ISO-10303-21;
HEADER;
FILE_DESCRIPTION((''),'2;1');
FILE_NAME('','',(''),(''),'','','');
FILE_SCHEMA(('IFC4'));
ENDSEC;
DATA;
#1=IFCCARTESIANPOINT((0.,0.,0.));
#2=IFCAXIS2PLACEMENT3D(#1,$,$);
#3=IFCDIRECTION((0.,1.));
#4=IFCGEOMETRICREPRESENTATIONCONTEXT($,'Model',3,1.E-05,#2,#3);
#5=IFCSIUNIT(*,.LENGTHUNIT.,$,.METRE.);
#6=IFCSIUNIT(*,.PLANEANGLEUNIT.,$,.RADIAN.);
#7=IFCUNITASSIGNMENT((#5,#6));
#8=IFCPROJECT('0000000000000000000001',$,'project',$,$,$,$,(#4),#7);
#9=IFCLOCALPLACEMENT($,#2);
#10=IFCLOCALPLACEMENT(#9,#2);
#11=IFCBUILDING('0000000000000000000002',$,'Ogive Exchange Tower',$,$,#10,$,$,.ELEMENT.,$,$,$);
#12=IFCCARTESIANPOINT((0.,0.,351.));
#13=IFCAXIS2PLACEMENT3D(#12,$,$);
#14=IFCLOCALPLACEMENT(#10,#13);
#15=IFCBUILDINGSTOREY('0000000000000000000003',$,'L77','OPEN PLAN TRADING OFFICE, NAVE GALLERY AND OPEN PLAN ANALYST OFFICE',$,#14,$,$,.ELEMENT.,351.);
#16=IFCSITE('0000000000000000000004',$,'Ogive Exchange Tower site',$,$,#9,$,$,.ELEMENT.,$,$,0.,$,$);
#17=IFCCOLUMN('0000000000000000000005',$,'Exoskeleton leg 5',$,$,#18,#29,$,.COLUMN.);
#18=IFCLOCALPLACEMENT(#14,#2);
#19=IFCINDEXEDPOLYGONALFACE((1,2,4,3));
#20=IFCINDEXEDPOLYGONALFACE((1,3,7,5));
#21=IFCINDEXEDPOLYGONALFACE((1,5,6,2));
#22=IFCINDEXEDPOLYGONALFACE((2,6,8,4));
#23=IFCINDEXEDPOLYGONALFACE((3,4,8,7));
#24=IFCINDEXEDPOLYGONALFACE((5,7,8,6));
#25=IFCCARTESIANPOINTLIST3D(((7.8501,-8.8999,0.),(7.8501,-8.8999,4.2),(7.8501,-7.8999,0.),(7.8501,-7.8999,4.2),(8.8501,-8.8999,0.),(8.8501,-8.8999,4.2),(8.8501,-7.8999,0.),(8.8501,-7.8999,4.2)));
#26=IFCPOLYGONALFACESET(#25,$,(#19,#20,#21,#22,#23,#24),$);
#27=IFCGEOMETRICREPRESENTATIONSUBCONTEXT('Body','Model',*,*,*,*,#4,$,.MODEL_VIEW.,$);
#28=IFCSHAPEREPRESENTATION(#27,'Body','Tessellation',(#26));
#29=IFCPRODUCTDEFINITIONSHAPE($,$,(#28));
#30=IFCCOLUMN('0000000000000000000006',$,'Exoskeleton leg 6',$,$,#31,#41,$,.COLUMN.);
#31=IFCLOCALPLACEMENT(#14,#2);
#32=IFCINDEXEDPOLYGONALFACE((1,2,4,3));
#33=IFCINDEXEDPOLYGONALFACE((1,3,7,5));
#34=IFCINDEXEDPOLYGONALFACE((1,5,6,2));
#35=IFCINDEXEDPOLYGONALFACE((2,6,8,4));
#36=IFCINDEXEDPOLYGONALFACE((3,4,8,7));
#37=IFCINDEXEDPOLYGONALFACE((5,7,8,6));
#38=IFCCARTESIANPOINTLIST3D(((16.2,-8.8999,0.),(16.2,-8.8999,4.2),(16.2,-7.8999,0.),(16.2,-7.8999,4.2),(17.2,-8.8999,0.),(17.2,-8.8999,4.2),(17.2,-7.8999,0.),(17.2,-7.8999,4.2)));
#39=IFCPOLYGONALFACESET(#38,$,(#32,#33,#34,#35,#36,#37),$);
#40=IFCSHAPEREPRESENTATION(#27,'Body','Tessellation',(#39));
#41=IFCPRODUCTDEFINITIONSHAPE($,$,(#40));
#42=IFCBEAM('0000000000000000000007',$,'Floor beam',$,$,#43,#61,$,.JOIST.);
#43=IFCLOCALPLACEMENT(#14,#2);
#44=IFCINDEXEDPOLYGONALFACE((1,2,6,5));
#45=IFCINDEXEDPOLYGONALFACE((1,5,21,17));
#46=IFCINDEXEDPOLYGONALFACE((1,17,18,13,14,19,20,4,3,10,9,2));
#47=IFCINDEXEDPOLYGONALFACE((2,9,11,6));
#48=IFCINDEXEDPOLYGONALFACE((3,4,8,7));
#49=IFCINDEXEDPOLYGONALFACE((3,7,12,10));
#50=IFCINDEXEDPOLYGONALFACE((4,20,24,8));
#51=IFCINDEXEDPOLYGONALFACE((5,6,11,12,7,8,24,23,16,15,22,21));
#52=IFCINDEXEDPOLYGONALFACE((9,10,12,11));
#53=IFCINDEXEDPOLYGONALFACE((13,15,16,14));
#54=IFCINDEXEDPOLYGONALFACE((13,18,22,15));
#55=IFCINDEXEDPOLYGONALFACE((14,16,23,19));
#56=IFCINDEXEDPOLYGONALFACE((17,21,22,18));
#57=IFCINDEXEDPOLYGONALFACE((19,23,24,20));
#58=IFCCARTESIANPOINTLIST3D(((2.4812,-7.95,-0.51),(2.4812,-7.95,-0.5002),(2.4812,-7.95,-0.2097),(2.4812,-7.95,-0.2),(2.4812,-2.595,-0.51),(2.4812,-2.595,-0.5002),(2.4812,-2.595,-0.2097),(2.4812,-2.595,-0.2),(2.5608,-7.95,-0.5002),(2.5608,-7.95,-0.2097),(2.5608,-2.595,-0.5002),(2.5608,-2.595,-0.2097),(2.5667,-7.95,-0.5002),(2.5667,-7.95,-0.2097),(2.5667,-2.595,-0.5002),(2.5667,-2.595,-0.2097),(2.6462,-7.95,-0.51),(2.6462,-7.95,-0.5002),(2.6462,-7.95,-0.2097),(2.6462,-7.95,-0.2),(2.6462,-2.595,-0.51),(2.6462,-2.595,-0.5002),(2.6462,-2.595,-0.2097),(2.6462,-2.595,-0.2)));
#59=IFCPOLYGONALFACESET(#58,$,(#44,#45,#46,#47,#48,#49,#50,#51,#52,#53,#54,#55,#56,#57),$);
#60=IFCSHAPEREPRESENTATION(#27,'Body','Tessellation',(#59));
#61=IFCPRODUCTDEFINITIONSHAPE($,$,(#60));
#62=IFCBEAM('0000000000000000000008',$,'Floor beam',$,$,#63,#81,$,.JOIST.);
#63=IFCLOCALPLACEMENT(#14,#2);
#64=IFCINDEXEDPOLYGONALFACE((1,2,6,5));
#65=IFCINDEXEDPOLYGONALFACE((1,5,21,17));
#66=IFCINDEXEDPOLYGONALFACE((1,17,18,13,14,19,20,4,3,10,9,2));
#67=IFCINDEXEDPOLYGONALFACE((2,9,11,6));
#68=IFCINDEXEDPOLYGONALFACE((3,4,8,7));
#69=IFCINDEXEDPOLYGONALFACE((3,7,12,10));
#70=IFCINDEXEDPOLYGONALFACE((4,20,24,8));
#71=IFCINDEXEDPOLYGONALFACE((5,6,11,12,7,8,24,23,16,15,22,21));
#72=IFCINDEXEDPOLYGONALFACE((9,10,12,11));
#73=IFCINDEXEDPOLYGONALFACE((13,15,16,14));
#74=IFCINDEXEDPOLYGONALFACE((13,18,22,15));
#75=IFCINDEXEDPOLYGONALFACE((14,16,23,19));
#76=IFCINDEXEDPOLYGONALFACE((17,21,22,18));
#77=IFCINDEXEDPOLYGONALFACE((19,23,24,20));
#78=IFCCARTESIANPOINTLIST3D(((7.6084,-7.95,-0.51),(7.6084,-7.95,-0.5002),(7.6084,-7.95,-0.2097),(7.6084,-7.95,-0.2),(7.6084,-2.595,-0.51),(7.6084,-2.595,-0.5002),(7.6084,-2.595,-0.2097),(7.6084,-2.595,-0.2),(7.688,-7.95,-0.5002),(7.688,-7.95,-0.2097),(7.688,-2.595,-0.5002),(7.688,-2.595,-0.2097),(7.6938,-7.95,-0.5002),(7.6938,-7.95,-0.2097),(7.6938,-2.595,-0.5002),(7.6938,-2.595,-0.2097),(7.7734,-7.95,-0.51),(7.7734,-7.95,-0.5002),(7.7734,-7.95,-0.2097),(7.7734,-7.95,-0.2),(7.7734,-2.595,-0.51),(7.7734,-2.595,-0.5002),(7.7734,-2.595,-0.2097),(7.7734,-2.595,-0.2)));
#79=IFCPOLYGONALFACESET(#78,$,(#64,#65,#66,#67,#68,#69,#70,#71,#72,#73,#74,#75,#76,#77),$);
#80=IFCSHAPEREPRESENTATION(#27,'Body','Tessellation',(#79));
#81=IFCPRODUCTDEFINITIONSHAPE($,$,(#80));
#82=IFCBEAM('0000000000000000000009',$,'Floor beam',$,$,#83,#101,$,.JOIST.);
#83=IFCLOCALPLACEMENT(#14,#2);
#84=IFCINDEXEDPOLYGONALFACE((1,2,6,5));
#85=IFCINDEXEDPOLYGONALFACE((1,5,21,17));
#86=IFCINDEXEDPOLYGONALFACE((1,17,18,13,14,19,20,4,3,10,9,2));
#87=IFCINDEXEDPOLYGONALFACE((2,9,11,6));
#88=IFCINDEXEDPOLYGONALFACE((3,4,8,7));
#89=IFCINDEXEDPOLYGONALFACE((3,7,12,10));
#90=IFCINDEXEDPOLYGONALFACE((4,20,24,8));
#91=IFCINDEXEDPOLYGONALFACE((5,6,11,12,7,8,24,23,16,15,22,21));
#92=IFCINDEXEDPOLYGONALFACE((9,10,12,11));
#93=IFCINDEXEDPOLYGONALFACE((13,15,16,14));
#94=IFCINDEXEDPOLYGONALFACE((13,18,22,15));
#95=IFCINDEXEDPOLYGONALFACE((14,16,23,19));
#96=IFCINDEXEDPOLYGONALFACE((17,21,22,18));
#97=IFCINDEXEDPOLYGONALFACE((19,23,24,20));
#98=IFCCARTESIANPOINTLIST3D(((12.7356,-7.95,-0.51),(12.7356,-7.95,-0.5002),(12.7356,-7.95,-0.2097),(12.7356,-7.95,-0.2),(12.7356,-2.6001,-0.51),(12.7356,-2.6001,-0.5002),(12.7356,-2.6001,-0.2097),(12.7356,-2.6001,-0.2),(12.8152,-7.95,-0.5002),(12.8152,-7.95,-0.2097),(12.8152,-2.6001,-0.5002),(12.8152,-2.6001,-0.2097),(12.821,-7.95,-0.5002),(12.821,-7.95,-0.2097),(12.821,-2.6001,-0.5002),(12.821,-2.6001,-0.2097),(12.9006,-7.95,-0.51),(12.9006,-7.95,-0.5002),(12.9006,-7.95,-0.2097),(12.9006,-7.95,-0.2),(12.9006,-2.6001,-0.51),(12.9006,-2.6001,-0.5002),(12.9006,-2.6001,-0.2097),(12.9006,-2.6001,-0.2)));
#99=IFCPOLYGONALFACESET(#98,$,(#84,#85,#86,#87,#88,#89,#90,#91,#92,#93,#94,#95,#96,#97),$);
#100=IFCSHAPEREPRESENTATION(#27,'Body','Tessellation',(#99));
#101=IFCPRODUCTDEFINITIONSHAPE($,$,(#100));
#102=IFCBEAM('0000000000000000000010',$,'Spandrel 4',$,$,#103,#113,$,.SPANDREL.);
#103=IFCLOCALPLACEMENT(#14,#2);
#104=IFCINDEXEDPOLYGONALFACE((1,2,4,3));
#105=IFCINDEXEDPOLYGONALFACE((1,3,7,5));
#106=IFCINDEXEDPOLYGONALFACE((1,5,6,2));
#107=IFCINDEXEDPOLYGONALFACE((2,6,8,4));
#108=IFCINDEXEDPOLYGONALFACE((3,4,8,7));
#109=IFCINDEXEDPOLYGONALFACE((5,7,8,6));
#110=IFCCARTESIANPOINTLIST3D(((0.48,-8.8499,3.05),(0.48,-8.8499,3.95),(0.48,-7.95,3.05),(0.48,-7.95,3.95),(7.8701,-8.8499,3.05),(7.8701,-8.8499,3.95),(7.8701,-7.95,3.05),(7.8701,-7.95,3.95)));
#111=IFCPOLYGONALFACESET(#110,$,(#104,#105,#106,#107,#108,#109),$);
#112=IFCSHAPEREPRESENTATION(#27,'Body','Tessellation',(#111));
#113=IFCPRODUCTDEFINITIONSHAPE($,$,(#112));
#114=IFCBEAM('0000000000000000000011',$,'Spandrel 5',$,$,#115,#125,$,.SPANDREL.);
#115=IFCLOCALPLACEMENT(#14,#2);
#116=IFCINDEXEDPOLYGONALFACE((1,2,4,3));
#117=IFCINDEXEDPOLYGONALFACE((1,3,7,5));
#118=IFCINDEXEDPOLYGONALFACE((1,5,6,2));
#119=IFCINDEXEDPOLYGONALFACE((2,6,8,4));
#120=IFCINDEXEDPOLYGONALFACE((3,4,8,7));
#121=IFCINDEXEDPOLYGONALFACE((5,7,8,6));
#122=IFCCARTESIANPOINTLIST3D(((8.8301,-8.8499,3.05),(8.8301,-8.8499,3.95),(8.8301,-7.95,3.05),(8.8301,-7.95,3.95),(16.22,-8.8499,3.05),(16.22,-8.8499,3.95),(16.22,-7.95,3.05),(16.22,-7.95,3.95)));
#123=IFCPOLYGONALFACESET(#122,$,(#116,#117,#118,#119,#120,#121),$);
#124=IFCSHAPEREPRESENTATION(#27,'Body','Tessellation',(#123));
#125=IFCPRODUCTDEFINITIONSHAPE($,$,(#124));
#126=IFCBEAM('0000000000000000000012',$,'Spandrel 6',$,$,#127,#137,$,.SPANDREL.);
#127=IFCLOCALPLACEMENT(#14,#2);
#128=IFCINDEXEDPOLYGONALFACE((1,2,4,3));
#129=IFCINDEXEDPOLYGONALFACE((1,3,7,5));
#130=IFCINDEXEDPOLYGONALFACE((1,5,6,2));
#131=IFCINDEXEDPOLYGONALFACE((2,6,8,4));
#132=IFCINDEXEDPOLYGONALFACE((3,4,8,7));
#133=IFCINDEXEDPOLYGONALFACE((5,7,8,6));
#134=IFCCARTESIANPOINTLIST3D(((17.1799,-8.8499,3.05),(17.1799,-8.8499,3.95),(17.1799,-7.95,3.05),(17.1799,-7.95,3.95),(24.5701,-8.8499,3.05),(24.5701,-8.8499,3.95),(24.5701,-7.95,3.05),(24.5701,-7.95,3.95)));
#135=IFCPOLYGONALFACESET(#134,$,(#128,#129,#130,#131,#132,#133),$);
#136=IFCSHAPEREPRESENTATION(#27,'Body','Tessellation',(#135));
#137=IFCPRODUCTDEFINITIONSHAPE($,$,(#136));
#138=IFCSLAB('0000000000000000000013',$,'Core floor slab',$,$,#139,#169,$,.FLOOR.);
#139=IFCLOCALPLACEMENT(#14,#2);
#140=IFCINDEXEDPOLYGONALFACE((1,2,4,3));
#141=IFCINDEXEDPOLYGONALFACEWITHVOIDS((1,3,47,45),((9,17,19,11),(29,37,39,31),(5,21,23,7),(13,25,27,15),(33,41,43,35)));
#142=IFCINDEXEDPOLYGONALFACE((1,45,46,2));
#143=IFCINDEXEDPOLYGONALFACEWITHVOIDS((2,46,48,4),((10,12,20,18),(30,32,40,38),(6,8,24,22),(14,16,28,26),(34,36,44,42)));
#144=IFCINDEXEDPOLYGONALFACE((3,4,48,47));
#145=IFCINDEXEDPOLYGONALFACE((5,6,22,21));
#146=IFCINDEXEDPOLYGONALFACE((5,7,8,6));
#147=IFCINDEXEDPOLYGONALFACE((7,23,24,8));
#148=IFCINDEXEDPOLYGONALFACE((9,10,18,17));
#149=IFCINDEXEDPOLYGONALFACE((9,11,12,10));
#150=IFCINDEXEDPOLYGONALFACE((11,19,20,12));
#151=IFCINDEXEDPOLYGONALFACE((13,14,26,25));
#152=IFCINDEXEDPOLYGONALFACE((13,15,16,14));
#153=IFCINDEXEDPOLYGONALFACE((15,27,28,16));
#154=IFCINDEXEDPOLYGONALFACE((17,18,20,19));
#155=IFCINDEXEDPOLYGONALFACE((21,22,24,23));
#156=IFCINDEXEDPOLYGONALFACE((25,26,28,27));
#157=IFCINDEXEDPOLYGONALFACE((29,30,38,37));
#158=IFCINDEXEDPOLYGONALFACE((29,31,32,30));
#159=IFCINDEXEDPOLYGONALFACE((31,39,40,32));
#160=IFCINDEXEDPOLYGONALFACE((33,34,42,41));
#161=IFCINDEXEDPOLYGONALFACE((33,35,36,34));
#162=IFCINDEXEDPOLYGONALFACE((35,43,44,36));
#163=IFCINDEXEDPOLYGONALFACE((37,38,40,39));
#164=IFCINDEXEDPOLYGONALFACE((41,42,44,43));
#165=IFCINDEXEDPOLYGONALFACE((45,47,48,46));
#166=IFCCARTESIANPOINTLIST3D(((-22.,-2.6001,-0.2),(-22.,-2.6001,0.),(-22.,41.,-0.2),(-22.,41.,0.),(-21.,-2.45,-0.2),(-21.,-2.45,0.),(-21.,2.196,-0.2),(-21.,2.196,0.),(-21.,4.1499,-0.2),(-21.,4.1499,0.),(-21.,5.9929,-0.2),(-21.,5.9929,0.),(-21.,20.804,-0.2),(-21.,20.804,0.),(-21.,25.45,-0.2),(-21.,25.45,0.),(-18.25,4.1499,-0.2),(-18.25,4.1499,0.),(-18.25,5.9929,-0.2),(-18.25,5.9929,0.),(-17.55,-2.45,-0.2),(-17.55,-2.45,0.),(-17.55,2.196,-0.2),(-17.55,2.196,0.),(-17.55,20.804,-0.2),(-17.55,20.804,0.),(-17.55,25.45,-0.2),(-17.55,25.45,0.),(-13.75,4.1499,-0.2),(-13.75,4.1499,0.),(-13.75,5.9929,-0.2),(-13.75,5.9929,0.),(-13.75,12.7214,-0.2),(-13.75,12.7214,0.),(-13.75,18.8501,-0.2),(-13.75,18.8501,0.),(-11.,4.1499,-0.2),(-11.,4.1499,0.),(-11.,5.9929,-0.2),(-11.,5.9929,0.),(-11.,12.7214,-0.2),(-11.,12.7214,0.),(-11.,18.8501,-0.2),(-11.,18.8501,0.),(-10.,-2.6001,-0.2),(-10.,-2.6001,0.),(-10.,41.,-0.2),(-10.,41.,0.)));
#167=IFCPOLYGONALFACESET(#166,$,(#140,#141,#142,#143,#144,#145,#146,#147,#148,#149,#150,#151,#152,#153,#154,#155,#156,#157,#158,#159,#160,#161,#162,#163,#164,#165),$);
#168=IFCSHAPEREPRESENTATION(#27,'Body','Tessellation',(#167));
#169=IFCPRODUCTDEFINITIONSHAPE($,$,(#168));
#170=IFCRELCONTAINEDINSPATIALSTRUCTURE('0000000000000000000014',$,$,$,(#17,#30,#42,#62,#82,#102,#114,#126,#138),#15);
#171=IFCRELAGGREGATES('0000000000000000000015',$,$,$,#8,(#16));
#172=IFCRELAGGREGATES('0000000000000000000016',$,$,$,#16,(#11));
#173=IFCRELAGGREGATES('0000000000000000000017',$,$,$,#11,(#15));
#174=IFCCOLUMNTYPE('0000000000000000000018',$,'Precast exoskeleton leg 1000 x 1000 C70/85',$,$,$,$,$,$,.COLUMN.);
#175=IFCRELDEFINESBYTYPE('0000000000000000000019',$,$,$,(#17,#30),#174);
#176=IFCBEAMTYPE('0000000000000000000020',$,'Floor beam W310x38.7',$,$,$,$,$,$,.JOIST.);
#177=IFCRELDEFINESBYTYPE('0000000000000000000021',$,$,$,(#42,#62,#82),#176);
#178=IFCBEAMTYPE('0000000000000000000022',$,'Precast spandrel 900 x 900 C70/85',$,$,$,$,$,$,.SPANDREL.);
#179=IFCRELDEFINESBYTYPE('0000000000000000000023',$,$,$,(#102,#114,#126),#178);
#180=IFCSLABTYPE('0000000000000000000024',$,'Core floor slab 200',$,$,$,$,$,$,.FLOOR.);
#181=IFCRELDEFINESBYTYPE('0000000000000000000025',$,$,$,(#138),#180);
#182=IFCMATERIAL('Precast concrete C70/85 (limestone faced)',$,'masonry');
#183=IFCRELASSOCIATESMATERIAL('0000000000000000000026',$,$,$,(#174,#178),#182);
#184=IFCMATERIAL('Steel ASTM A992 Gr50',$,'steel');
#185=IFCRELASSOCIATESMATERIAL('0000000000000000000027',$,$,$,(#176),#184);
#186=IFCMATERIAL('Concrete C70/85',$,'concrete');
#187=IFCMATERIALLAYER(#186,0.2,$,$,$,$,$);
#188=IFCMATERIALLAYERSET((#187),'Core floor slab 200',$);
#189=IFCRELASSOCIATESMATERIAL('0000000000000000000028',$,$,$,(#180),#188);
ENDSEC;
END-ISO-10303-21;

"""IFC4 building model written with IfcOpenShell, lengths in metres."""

from ifc_helpers import new_model, si_unit, direction, frame, origin, origin_2d, place, context, subcontext, project, spatial, polyline, rectangle, i_section, outline, extrude, material, layer, layer_set, material_profile, profile_set, type_object, element, save


model = new_model("IFC4")

# Units and contexts
model_context = context("Model", 3, precision=1e-05, world=origin(), true_north=direction((0.0, 1.0)))
body_context = subcontext(model_context, "Body", "Model", "MODEL_VIEW")
ifc_project = project(units=[si_unit("LENGTHUNIT", "METRE"), si_unit("PLANEANGLEUNIT", "RADIAN")], contexts=[model_context])

# Site, building, storey
site_placement = place(None, origin())
site = spatial("IfcSite", under=ifc_project, at=site_placement, Name="Ogive Exchange Tower site", CompositionType="ELEMENT", RefElevation=0.0)
building_placement = place(site_placement, origin())
building = spatial("IfcBuilding", under=site, at=building_placement, Name="Ogive Exchange Tower", CompositionType="ELEMENT")
storey_placement = place(building_placement, frame((0.0, 0.0, 351.0)))
storey = spatial("IfcBuildingStorey", under=building, at=storey_placement, Name="L77", Description="OPEN PLAN TRADING OFFICE, NAVE GALLERY AND OPEN PLAN ANALYST OFFICE", CompositionType="ELEMENT", Elevation=351.0)

# Columns
ifc_material_1 = material(Name="Precast concrete C70/85 (limestone faced)", Category="masonry")
ifc_material_profile_1 = material_profile(ifc_material_1, rectangle(XDim=1.0, YDim=1.0, at=origin_2d()), Name="1000 x 1000")
ifc_profile_set_1 = profile_set([ifc_material_profile_1], Name="Precast concrete C70/85 (limestone faced)")
column_type = type_object("IfcColumnType", Name="Precast exoskeleton leg 1000 x 1000 C70/85", PredefinedType="COLUMN", material=ifc_profile_set_1)
for number, where, z_axis, x_axis, name in (
    (1, (8.3501, -8.3999, 0.0), (0.0, 0.0, 1.0), (1.0, 0.0, 0.0), "Exoskeleton leg 5"),
    (2, (16.7, -8.3999, 0.0), (0.0, 0.0, 1.0), (1.0, 0.0, 0.0), "Exoskeleton leg 6"),
):
    element("IfcColumn", number, at=place(storey_placement, frame(where, z_axis=z_axis, x_axis=x_axis)), inside=storey, type_object=column_type, Name=name, PredefinedType="COLUMN", context=body_context, shape_type="SweptSolid", body=[
        extrude(rectangle(XDim=1.0, YDim=1.0, at=origin_2d()), origin(), (0.0, 0.0, 1.0), 4.2),
    ])

# Beams
ifc_material_2 = material(Name="Steel ASTM A992 Gr50", Category="steel")
ifc_material_profile_2 = material_profile(ifc_material_2, i_section(OverallWidth=0.165, OverallDepth=0.3101, WebThickness=0.0059, FlangeThickness=0.0098, at=origin_2d()), Name="W310x38.7")
ifc_profile_set_2 = profile_set([ifc_material_profile_2], Name="Steel ASTM A992 Gr50")
beam_type_1 = type_object("IfcBeamType", Name="Floor beam W310x38.7", PredefinedType="JOIST", material=ifc_profile_set_2)
for number, where, z_axis, x_axis, name in (
    (3, (2.5637, -7.95, -0.355), (0.0, 1.0, 0.0), (-1.0, 0.0, 0.0), "Floor beam"),
    (4, (7.6909, -7.95, -0.355), (0.0, 1.0, 0.0), (-1.0, 0.0, 0.0), "Floor beam"),
):
    element("IfcBeam", number, at=place(storey_placement, frame(where, z_axis=z_axis, x_axis=x_axis)), inside=storey, type_object=beam_type_1, Name=name, PredefinedType="JOIST", context=body_context, shape_type="SweptSolid", body=[
        extrude(i_section(OverallWidth=0.165, OverallDepth=0.3101, WebThickness=0.0059, FlangeThickness=0.0098, at=origin_2d()), origin(), (0.0, 0.0, 1.0), 5.355),
    ])
beam_1_placement = place(storey_placement, frame((12.8181, -7.95, -0.355), z_axis=(0.0, 1.0, 0.0), x_axis=(-1.0, 0.0, 0.0)))
element("IfcBeam", 5, at=beam_1_placement, inside=storey, type_object=beam_type_1, Name="Floor beam", PredefinedType="JOIST", context=body_context, shape_type="SweptSolid", body=[
    extrude(i_section(OverallWidth=0.165, OverallDepth=0.3101, WebThickness=0.0059, FlangeThickness=0.0098, at=origin_2d()), origin(), (0.0, 0.0, 1.0), 5.3499),
])
ifc_material_profile_3 = material_profile(ifc_material_1, rectangle(XDim=0.8999, YDim=0.8999, at=origin_2d()), Name="900 x 900")
ifc_profile_set_3 = profile_set([ifc_material_profile_3], Name="Precast concrete C70/85 (limestone faced)")
beam_type_2 = type_object("IfcBeamType", Name="Precast spandrel 900 x 900 C70/85", PredefinedType="SPANDREL", material=ifc_profile_set_3)
beam_2_placement = place(storey_placement, frame((0.48, -8.3999, 3.5), z_axis=(1.0, 0.0, 0.0), x_axis=(0.0, 1.0, 0.0)))
element("IfcBeam", 6, at=beam_2_placement, inside=storey, type_object=beam_type_2, Name="Spandrel 4", PredefinedType="SPANDREL", context=body_context, shape_type="SweptSolid", body=[
    extrude(rectangle(XDim=0.8999, YDim=0.8999, at=origin_2d()), origin(), (0.0, 0.0, 1.0), 7.3901),
])
beam_3_placement = place(storey_placement, frame((8.8301, -8.3999, 3.5), z_axis=(1.0, 0.0, 0.0), x_axis=(0.0, 1.0, 0.0)))
element("IfcBeam", 7, at=beam_3_placement, inside=storey, type_object=beam_type_2, Name="Spandrel 5", PredefinedType="SPANDREL", context=body_context, shape_type="SweptSolid", body=[
    extrude(rectangle(XDim=0.8999, YDim=0.8999, at=origin_2d()), origin(), (0.0, 0.0, 1.0), 7.3899),
])
beam_4_placement = place(storey_placement, frame((17.1799, -8.3999, 3.5), z_axis=(1.0, 0.0, 0.0), x_axis=(0.0, 1.0, 0.0)))
element("IfcBeam", 8, at=beam_4_placement, inside=storey, type_object=beam_type_2, Name="Spandrel 6", PredefinedType="SPANDREL", context=body_context, shape_type="SweptSolid", body=[
    extrude(rectangle(XDim=0.8999, YDim=0.8999, at=origin_2d()), origin(), (0.0, 0.0, 1.0), 7.3901),
])

# Slab
ifc_material_3 = material(Name="Concrete C70/85", Category="concrete")
ifc_layer_1 = layer(ifc_material_3, 0.2)
ifc_layer_set_1 = layer_set([ifc_layer_1], Name="Core floor slab 200")
slab_type_1 = type_object("IfcSlabType", Name="Core floor slab 200", PredefinedType="FLOOR", material=ifc_layer_set_1)
slab_1_placement = place(storey_placement, frame((0.0, 0.0, -0.2)))
element("IfcSlab", 9, at=slab_1_placement, inside=storey, type_object=slab_type_1, Name="Core floor slab", PredefinedType="FLOOR", context=body_context, shape_type="SweptSolid", body=[
    extrude(outline(polyline([(-22.0, -2.6001), (-22.0, 41.0), (-10.0, 41.0), (-10.0, -2.6001), (-22.0, -2.6001)]), holes=[polyline([(-17.55, 2.196), (-21.0, 2.196), (-21.0, -2.45), (-17.55, -2.45), (-17.55, 2.196)]), polyline([(-21.0, 5.9929), (-21.0, 4.1499), (-18.25, 4.1499), (-18.25, 5.9929), (-21.0, 5.9929)]), polyline([(-13.75, 5.9929), (-13.75, 4.1499), (-11.0, 4.1499), (-11.0, 5.9929), (-13.75, 5.9929)]), polyline([(-11.0, 18.8501), (-13.75, 18.8501), (-13.75, 12.7214), (-11.0, 12.7214), (-11.0, 18.8501)]), polyline([(-21.0, 25.45), (-21.0, 20.804), (-17.55, 20.804), (-17.55, 25.45), (-21.0, 25.45)])]), origin(), (0.0, 0.0, 1.0), 0.2),
])

save(model, "model.ifc")
